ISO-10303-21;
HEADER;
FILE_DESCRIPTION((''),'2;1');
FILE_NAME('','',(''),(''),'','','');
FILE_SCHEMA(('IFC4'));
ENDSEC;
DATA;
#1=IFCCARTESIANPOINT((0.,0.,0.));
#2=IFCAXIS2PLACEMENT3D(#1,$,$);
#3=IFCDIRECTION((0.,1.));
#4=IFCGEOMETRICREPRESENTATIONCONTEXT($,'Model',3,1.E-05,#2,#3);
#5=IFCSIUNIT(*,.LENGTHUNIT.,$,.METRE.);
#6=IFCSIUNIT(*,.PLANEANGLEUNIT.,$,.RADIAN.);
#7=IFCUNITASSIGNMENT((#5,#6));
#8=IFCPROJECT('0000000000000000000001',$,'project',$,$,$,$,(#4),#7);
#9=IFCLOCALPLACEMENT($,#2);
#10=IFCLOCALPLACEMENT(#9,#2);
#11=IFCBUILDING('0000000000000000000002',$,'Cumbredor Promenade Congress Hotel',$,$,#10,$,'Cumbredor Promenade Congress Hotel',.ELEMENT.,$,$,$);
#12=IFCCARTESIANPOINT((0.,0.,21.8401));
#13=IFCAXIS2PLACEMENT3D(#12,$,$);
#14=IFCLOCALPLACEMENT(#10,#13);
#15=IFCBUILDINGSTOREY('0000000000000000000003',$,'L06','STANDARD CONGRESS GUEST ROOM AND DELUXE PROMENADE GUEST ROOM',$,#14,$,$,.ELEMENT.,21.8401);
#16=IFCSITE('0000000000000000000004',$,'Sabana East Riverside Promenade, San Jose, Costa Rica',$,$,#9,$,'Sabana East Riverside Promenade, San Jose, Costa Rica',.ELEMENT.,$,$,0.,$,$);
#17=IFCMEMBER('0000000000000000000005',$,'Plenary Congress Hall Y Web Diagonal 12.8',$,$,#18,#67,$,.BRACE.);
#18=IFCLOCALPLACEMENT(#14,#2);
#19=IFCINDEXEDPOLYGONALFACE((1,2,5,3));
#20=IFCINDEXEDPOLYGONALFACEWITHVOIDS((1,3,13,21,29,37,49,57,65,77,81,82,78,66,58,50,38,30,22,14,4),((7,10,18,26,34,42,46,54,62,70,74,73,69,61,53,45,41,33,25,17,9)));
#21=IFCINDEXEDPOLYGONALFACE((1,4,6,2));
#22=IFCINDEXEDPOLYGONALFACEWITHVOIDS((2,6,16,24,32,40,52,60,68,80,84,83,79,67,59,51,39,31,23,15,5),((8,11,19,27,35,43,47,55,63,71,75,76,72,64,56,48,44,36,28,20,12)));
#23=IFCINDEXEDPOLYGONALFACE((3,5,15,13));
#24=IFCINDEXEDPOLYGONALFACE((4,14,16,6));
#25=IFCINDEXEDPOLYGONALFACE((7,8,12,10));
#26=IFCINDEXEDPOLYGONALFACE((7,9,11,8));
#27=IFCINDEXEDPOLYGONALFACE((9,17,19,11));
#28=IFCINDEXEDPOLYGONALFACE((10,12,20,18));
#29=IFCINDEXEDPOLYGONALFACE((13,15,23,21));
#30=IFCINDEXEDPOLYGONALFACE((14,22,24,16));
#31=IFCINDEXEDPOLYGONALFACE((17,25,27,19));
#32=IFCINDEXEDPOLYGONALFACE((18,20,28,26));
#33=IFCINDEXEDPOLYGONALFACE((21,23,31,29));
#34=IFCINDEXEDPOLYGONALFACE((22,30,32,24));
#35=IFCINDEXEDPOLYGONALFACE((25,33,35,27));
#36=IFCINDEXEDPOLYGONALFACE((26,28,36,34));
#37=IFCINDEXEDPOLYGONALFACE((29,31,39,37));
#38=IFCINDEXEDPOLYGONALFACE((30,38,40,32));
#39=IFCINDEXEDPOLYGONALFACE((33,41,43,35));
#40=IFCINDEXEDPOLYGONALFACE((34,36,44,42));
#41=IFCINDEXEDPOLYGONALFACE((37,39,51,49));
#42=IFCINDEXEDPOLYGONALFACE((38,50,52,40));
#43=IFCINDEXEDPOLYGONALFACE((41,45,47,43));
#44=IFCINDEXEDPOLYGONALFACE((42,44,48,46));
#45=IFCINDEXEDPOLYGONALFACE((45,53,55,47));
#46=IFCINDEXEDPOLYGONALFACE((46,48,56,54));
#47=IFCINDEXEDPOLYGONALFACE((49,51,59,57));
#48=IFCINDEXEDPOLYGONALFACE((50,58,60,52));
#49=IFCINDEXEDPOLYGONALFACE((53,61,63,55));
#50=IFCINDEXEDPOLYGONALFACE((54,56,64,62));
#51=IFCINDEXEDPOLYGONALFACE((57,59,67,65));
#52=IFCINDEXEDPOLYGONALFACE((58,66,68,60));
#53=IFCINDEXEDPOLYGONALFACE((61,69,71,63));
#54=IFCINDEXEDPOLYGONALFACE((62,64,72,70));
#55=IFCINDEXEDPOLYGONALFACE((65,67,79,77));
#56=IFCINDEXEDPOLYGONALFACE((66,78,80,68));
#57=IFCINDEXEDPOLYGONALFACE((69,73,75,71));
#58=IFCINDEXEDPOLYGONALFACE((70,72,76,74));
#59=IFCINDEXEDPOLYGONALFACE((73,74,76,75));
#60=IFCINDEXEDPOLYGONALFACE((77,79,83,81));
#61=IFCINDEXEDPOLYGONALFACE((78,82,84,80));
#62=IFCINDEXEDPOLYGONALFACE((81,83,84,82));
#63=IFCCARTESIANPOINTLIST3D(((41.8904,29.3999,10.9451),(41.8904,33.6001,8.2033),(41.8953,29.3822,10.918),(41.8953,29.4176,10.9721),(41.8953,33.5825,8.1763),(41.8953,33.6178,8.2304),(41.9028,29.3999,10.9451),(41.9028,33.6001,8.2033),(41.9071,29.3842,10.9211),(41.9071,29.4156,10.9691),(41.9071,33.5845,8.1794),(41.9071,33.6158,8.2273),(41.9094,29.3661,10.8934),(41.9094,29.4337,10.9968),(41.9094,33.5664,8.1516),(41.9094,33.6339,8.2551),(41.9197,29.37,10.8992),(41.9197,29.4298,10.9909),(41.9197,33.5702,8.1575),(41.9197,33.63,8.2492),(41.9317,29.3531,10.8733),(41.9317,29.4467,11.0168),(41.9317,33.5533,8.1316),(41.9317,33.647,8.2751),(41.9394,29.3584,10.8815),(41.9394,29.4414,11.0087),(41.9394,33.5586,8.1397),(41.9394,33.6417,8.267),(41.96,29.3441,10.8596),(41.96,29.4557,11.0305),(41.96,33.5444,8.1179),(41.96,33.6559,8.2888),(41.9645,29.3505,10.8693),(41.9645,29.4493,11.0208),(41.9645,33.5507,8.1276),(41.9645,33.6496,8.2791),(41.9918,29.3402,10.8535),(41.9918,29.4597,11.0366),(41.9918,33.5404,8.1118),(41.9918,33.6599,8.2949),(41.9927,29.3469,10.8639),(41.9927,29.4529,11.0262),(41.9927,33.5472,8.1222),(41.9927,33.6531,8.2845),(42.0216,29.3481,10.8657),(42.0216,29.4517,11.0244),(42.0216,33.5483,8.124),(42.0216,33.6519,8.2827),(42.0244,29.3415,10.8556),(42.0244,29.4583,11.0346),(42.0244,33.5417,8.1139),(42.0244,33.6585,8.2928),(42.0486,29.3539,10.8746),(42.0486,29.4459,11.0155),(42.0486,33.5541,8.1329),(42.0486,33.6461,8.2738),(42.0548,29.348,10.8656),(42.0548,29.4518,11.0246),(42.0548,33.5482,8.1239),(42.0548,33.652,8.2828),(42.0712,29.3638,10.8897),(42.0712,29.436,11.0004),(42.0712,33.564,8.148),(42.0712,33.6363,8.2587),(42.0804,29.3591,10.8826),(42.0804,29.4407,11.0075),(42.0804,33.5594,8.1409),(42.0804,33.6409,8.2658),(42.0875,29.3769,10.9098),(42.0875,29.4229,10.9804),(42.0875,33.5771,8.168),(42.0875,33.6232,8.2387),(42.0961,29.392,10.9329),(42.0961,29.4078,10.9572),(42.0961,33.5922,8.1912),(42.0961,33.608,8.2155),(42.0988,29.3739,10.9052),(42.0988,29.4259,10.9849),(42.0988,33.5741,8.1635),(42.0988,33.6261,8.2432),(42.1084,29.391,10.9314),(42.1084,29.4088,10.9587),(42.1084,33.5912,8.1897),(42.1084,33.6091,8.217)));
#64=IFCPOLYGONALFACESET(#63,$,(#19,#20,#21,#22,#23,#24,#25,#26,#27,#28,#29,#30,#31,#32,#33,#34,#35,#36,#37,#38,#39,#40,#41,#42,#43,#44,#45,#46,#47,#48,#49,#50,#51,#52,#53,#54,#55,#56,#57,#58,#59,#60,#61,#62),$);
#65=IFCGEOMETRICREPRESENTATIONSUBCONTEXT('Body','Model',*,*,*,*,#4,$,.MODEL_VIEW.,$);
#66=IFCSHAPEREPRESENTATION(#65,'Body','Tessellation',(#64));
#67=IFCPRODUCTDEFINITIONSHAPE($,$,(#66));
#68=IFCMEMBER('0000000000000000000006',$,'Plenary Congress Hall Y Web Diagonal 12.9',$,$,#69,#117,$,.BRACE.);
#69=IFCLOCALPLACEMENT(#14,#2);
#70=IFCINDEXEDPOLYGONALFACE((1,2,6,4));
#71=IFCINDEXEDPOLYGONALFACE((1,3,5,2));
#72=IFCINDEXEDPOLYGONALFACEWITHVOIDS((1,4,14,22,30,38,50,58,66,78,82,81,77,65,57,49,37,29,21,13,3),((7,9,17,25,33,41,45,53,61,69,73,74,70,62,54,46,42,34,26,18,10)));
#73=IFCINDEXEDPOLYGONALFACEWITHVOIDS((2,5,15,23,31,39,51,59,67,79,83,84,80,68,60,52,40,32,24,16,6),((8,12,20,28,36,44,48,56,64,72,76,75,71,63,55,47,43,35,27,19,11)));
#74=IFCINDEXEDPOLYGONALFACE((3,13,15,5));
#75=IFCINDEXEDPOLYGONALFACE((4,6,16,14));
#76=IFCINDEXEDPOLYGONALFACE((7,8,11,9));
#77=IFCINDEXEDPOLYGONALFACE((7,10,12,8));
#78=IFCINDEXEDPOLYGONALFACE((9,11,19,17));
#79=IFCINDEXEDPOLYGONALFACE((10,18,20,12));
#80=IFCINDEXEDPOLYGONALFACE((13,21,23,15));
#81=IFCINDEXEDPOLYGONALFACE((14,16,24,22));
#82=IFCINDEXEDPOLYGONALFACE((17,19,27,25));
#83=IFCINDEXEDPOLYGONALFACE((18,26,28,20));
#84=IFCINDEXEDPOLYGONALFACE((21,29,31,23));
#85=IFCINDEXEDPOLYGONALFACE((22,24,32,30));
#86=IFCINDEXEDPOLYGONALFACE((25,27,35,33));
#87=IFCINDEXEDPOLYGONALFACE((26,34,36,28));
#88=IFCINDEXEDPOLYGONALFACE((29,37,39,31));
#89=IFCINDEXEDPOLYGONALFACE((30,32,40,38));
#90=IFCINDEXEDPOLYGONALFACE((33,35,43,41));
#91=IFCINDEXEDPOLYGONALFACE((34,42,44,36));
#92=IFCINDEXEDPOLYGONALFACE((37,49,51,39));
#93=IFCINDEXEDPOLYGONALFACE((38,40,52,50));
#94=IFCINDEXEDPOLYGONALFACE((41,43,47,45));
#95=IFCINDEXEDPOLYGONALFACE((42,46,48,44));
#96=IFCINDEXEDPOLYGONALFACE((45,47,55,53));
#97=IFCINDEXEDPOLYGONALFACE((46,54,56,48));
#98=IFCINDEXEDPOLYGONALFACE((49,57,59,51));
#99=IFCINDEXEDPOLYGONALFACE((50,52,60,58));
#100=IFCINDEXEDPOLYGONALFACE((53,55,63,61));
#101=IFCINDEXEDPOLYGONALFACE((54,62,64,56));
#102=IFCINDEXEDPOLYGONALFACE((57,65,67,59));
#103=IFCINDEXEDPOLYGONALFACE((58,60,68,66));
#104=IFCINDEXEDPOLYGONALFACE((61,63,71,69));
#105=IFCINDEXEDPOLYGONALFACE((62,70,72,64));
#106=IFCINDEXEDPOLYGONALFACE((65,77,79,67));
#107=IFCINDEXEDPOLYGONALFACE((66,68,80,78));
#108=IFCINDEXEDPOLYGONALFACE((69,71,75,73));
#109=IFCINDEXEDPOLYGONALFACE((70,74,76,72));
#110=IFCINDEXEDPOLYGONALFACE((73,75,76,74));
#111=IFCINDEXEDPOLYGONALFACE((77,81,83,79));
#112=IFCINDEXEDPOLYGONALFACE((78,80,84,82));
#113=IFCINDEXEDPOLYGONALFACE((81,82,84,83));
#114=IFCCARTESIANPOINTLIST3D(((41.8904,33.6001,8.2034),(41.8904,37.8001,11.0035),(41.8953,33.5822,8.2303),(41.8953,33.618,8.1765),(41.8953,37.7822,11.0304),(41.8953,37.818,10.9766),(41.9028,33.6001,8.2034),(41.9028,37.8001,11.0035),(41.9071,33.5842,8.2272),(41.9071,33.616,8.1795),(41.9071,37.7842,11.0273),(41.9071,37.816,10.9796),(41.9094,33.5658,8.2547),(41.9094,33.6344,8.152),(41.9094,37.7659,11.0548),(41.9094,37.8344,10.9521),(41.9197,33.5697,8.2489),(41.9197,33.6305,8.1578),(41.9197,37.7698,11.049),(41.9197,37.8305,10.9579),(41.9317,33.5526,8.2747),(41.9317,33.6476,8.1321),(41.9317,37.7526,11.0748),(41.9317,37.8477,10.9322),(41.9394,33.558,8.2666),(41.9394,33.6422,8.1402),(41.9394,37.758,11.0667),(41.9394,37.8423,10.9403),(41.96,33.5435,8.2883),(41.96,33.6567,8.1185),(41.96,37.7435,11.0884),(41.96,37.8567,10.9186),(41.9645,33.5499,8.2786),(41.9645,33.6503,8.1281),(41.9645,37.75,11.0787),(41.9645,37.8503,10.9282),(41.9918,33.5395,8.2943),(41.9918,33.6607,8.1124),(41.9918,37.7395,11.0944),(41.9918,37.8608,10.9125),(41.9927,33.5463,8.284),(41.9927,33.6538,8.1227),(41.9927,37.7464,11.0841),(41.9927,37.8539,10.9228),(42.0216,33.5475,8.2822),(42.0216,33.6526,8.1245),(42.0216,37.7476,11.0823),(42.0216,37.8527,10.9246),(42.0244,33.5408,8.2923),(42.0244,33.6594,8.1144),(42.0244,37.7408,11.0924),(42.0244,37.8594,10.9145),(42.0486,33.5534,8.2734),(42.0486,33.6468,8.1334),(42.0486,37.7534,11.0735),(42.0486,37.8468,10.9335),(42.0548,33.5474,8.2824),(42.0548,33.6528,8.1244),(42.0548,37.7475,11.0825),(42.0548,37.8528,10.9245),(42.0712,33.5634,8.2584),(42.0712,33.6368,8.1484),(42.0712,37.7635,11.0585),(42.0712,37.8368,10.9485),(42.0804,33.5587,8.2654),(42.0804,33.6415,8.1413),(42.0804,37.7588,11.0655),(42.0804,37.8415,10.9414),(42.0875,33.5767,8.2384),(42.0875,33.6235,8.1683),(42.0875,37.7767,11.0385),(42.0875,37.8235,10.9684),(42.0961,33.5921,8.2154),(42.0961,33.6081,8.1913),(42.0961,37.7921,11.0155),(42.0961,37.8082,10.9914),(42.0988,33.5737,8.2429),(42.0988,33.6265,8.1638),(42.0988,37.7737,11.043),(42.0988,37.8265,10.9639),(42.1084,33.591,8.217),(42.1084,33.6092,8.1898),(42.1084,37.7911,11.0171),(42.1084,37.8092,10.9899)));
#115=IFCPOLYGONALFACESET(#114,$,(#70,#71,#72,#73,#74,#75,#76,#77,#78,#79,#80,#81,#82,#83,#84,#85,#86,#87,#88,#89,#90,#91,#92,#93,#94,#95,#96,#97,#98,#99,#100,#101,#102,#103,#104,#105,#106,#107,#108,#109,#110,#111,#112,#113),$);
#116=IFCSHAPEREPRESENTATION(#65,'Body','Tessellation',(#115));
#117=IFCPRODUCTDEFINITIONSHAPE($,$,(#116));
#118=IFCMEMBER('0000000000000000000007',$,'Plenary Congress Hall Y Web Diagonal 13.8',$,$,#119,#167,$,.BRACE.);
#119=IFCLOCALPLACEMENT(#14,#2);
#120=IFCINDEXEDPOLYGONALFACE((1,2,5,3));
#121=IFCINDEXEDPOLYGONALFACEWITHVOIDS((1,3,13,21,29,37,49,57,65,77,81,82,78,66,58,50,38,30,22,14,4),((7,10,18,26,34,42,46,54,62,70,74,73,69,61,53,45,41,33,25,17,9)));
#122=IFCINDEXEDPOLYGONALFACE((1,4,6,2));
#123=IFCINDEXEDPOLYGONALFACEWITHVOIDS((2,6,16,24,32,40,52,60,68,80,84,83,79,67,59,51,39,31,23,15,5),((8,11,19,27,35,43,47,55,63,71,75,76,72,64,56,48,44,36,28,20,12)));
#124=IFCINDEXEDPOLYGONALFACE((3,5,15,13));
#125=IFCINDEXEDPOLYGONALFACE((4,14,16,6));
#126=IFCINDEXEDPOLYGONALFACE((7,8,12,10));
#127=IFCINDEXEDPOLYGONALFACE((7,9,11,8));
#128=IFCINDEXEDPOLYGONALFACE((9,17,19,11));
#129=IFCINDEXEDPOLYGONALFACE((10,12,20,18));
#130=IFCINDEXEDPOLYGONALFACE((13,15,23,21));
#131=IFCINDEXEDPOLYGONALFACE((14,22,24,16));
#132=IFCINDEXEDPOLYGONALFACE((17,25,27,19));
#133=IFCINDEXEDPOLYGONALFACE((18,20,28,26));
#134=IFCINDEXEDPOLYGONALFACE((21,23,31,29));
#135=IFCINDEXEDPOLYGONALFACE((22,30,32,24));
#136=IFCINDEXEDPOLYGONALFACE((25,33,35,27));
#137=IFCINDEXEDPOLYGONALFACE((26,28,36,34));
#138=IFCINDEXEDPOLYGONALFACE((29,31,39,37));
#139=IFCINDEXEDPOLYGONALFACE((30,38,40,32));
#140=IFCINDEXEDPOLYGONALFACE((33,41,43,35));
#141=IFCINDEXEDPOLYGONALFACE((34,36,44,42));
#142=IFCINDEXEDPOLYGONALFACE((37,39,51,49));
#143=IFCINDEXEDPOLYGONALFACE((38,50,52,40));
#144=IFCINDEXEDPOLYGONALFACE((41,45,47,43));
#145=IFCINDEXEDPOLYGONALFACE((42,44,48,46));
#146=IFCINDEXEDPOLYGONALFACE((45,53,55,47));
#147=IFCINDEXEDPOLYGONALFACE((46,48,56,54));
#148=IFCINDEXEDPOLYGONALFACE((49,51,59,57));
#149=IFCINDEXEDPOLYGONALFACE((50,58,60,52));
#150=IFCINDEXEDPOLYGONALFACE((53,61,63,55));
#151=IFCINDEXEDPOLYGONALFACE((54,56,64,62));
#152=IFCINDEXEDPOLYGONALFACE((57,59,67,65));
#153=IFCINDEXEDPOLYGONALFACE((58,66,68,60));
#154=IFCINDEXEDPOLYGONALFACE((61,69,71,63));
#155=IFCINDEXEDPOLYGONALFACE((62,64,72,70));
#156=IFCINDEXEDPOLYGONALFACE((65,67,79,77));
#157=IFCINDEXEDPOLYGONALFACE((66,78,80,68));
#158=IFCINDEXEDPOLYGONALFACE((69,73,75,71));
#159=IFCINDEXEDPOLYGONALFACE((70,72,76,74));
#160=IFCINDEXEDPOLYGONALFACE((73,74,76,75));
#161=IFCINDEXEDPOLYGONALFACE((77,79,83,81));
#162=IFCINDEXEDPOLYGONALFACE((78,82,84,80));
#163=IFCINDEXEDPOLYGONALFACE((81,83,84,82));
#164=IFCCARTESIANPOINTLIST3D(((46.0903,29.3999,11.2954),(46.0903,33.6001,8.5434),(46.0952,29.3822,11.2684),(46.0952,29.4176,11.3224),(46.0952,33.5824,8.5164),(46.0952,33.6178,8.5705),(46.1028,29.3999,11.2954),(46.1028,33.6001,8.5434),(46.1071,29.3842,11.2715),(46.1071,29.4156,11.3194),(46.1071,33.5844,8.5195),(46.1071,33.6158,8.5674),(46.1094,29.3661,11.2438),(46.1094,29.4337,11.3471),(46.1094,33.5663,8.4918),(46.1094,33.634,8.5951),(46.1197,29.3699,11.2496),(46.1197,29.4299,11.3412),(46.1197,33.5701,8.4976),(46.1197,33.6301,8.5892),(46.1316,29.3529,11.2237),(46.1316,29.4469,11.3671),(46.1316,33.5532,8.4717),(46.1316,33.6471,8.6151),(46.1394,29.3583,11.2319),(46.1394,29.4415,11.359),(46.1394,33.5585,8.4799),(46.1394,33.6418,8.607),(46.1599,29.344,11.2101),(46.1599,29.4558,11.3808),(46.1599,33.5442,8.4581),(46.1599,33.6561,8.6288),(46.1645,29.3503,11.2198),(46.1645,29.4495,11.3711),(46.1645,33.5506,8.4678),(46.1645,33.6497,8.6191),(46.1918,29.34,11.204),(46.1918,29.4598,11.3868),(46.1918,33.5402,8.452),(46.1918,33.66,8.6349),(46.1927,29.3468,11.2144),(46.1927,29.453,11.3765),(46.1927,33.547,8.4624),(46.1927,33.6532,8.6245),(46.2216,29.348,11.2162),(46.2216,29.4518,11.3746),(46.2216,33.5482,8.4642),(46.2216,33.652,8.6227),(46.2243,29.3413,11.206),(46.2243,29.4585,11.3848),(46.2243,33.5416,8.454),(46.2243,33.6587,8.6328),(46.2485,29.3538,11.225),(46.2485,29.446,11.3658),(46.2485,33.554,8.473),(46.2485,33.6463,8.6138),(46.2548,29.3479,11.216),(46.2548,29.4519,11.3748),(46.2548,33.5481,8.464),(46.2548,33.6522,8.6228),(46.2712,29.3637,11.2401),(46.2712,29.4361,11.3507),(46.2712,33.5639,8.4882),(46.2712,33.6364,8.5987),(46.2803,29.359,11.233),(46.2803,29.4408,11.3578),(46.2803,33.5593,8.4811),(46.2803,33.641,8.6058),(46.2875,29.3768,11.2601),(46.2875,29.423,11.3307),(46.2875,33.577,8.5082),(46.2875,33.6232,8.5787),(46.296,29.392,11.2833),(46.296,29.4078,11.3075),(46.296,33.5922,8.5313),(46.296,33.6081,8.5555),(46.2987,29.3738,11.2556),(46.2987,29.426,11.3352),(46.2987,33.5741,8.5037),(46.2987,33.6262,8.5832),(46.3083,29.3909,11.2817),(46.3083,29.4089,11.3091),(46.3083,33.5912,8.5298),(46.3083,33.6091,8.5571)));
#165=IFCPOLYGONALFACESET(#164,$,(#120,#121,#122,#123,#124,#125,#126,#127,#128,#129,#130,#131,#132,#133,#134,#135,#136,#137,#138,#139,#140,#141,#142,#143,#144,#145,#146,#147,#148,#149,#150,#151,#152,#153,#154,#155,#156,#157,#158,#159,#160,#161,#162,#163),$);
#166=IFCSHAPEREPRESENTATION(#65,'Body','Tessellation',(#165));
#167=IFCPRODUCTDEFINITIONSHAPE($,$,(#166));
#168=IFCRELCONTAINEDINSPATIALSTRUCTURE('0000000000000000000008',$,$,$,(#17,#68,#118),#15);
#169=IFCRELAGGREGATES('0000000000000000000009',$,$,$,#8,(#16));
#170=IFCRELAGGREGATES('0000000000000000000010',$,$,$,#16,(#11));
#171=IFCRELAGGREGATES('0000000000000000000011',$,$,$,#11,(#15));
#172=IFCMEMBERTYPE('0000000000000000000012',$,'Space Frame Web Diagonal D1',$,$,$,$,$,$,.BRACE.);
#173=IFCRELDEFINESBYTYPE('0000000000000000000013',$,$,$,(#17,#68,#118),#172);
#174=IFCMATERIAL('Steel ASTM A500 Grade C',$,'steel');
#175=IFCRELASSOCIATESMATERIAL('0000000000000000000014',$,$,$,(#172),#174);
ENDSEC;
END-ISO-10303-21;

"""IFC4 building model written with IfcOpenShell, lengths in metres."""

from ifc_helpers import new_model, si_unit, direction, frame, origin, origin_2d, place, context, subcontext, project, spatial, hollow_circle, extrude, material, material_profile, profile_set, type_object, element, save


model = new_model("IFC4")

# Units and contexts
model_context = context("Model", 3, precision=1e-05, world=origin(), true_north=direction((0.0, 1.0)))
body_context = subcontext(model_context, "Body", "Model", "MODEL_VIEW")
ifc_project = project(units=[si_unit("LENGTHUNIT", "METRE"), si_unit("PLANEANGLEUNIT", "RADIAN")], contexts=[model_context])

# Site, building, storey
site_placement = place(None, origin())
site = spatial("IfcSite", under=ifc_project, at=site_placement, Name="Sabana East Riverside Promenade, San Jose, Costa Rica", LongName="Sabana East Riverside Promenade, San Jose, Costa Rica", CompositionType="ELEMENT", RefElevation=0.0)
building_placement = place(site_placement, origin())
building = spatial("IfcBuilding", under=site, at=building_placement, Name="Cumbredor Promenade Congress Hotel", LongName="Cumbredor Promenade Congress Hotel", CompositionType="ELEMENT")
storey_placement = place(building_placement, frame((0.0, 0.0, 21.8401)))
storey = spatial("IfcBuildingStorey", under=building, at=storey_placement, Name="L06", Description="STANDARD CONGRESS GUEST ROOM AND DELUXE PROMENADE GUEST ROOM", CompositionType="ELEMENT", Elevation=21.8401)

# Members
ifc_material_1 = material(Name="Steel ASTM A500 Grade C", Category="steel")
ifc_material_profile_1 = material_profile(ifc_material_1, hollow_circle(Radius=0.1096, WallThickness=0.0125, at=origin_2d()), Name="CHS 219.1x12.5")
ifc_profile_set_1 = profile_set([ifc_material_profile_1], Name="Steel ASTM A500 Grade C")
member_type_1 = type_object("IfcMemberType", Name="Space Frame Web Diagonal D1", PredefinedType="BRACE", material=ifc_profile_set_1)
member_1_placement = place(storey_placement, frame((42.0, 29.3999, 10.9451), z_axis=(0.0, 0.837388, -0.546609), x_axis=(-1.0, 0.0, 0.0)))
element("IfcMember", 1, at=member_1_placement, inside=storey, type_object=member_type_1, Name="Plenary Congress Hall Y Web Diagonal 12.8", PredefinedType="BRACE", context=body_context, shape_type="SweptSolid", body=[
    extrude(hollow_circle(Radius=0.1096, WallThickness=0.0125, at=origin_2d()), origin(), (0.0, 0.0, 1.0), 5.0159),
])
member_2_placement = place(storey_placement, frame((42.0, 33.6001, 8.2034), z_axis=(0.0, 0.832043, 0.554711), x_axis=(-1.0, 0.0, 0.0)))
element("IfcMember", 2, at=member_2_placement, inside=storey, type_object=member_type_1, Name="Plenary Congress Hall Y Web Diagonal 12.9", PredefinedType="BRACE", context=body_context, shape_type="SweptSolid", body=[
    extrude(hollow_circle(Radius=0.1096, WallThickness=0.0125, at=origin_2d()), origin(), (0.0, 0.0, 1.0), 5.0479),
])
member_3_placement = place(storey_placement, frame((46.2, 29.3999, 11.2954), z_axis=(0.0, 0.836452, -0.54804), x_axis=(-1.0, 0.0, 0.0)))
element("IfcMember", 3, at=member_3_placement, inside=storey, type_object=member_type_1, Name="Plenary Congress Hall Y Web Diagonal 13.8", PredefinedType="BRACE", context=body_context, shape_type="SweptSolid", body=[
    extrude(hollow_circle(Radius=0.1096, WallThickness=0.0125, at=origin_2d()), origin(), (0.0, 0.0, 1.0), 5.0215),
])

save(model, "model.ifc")
